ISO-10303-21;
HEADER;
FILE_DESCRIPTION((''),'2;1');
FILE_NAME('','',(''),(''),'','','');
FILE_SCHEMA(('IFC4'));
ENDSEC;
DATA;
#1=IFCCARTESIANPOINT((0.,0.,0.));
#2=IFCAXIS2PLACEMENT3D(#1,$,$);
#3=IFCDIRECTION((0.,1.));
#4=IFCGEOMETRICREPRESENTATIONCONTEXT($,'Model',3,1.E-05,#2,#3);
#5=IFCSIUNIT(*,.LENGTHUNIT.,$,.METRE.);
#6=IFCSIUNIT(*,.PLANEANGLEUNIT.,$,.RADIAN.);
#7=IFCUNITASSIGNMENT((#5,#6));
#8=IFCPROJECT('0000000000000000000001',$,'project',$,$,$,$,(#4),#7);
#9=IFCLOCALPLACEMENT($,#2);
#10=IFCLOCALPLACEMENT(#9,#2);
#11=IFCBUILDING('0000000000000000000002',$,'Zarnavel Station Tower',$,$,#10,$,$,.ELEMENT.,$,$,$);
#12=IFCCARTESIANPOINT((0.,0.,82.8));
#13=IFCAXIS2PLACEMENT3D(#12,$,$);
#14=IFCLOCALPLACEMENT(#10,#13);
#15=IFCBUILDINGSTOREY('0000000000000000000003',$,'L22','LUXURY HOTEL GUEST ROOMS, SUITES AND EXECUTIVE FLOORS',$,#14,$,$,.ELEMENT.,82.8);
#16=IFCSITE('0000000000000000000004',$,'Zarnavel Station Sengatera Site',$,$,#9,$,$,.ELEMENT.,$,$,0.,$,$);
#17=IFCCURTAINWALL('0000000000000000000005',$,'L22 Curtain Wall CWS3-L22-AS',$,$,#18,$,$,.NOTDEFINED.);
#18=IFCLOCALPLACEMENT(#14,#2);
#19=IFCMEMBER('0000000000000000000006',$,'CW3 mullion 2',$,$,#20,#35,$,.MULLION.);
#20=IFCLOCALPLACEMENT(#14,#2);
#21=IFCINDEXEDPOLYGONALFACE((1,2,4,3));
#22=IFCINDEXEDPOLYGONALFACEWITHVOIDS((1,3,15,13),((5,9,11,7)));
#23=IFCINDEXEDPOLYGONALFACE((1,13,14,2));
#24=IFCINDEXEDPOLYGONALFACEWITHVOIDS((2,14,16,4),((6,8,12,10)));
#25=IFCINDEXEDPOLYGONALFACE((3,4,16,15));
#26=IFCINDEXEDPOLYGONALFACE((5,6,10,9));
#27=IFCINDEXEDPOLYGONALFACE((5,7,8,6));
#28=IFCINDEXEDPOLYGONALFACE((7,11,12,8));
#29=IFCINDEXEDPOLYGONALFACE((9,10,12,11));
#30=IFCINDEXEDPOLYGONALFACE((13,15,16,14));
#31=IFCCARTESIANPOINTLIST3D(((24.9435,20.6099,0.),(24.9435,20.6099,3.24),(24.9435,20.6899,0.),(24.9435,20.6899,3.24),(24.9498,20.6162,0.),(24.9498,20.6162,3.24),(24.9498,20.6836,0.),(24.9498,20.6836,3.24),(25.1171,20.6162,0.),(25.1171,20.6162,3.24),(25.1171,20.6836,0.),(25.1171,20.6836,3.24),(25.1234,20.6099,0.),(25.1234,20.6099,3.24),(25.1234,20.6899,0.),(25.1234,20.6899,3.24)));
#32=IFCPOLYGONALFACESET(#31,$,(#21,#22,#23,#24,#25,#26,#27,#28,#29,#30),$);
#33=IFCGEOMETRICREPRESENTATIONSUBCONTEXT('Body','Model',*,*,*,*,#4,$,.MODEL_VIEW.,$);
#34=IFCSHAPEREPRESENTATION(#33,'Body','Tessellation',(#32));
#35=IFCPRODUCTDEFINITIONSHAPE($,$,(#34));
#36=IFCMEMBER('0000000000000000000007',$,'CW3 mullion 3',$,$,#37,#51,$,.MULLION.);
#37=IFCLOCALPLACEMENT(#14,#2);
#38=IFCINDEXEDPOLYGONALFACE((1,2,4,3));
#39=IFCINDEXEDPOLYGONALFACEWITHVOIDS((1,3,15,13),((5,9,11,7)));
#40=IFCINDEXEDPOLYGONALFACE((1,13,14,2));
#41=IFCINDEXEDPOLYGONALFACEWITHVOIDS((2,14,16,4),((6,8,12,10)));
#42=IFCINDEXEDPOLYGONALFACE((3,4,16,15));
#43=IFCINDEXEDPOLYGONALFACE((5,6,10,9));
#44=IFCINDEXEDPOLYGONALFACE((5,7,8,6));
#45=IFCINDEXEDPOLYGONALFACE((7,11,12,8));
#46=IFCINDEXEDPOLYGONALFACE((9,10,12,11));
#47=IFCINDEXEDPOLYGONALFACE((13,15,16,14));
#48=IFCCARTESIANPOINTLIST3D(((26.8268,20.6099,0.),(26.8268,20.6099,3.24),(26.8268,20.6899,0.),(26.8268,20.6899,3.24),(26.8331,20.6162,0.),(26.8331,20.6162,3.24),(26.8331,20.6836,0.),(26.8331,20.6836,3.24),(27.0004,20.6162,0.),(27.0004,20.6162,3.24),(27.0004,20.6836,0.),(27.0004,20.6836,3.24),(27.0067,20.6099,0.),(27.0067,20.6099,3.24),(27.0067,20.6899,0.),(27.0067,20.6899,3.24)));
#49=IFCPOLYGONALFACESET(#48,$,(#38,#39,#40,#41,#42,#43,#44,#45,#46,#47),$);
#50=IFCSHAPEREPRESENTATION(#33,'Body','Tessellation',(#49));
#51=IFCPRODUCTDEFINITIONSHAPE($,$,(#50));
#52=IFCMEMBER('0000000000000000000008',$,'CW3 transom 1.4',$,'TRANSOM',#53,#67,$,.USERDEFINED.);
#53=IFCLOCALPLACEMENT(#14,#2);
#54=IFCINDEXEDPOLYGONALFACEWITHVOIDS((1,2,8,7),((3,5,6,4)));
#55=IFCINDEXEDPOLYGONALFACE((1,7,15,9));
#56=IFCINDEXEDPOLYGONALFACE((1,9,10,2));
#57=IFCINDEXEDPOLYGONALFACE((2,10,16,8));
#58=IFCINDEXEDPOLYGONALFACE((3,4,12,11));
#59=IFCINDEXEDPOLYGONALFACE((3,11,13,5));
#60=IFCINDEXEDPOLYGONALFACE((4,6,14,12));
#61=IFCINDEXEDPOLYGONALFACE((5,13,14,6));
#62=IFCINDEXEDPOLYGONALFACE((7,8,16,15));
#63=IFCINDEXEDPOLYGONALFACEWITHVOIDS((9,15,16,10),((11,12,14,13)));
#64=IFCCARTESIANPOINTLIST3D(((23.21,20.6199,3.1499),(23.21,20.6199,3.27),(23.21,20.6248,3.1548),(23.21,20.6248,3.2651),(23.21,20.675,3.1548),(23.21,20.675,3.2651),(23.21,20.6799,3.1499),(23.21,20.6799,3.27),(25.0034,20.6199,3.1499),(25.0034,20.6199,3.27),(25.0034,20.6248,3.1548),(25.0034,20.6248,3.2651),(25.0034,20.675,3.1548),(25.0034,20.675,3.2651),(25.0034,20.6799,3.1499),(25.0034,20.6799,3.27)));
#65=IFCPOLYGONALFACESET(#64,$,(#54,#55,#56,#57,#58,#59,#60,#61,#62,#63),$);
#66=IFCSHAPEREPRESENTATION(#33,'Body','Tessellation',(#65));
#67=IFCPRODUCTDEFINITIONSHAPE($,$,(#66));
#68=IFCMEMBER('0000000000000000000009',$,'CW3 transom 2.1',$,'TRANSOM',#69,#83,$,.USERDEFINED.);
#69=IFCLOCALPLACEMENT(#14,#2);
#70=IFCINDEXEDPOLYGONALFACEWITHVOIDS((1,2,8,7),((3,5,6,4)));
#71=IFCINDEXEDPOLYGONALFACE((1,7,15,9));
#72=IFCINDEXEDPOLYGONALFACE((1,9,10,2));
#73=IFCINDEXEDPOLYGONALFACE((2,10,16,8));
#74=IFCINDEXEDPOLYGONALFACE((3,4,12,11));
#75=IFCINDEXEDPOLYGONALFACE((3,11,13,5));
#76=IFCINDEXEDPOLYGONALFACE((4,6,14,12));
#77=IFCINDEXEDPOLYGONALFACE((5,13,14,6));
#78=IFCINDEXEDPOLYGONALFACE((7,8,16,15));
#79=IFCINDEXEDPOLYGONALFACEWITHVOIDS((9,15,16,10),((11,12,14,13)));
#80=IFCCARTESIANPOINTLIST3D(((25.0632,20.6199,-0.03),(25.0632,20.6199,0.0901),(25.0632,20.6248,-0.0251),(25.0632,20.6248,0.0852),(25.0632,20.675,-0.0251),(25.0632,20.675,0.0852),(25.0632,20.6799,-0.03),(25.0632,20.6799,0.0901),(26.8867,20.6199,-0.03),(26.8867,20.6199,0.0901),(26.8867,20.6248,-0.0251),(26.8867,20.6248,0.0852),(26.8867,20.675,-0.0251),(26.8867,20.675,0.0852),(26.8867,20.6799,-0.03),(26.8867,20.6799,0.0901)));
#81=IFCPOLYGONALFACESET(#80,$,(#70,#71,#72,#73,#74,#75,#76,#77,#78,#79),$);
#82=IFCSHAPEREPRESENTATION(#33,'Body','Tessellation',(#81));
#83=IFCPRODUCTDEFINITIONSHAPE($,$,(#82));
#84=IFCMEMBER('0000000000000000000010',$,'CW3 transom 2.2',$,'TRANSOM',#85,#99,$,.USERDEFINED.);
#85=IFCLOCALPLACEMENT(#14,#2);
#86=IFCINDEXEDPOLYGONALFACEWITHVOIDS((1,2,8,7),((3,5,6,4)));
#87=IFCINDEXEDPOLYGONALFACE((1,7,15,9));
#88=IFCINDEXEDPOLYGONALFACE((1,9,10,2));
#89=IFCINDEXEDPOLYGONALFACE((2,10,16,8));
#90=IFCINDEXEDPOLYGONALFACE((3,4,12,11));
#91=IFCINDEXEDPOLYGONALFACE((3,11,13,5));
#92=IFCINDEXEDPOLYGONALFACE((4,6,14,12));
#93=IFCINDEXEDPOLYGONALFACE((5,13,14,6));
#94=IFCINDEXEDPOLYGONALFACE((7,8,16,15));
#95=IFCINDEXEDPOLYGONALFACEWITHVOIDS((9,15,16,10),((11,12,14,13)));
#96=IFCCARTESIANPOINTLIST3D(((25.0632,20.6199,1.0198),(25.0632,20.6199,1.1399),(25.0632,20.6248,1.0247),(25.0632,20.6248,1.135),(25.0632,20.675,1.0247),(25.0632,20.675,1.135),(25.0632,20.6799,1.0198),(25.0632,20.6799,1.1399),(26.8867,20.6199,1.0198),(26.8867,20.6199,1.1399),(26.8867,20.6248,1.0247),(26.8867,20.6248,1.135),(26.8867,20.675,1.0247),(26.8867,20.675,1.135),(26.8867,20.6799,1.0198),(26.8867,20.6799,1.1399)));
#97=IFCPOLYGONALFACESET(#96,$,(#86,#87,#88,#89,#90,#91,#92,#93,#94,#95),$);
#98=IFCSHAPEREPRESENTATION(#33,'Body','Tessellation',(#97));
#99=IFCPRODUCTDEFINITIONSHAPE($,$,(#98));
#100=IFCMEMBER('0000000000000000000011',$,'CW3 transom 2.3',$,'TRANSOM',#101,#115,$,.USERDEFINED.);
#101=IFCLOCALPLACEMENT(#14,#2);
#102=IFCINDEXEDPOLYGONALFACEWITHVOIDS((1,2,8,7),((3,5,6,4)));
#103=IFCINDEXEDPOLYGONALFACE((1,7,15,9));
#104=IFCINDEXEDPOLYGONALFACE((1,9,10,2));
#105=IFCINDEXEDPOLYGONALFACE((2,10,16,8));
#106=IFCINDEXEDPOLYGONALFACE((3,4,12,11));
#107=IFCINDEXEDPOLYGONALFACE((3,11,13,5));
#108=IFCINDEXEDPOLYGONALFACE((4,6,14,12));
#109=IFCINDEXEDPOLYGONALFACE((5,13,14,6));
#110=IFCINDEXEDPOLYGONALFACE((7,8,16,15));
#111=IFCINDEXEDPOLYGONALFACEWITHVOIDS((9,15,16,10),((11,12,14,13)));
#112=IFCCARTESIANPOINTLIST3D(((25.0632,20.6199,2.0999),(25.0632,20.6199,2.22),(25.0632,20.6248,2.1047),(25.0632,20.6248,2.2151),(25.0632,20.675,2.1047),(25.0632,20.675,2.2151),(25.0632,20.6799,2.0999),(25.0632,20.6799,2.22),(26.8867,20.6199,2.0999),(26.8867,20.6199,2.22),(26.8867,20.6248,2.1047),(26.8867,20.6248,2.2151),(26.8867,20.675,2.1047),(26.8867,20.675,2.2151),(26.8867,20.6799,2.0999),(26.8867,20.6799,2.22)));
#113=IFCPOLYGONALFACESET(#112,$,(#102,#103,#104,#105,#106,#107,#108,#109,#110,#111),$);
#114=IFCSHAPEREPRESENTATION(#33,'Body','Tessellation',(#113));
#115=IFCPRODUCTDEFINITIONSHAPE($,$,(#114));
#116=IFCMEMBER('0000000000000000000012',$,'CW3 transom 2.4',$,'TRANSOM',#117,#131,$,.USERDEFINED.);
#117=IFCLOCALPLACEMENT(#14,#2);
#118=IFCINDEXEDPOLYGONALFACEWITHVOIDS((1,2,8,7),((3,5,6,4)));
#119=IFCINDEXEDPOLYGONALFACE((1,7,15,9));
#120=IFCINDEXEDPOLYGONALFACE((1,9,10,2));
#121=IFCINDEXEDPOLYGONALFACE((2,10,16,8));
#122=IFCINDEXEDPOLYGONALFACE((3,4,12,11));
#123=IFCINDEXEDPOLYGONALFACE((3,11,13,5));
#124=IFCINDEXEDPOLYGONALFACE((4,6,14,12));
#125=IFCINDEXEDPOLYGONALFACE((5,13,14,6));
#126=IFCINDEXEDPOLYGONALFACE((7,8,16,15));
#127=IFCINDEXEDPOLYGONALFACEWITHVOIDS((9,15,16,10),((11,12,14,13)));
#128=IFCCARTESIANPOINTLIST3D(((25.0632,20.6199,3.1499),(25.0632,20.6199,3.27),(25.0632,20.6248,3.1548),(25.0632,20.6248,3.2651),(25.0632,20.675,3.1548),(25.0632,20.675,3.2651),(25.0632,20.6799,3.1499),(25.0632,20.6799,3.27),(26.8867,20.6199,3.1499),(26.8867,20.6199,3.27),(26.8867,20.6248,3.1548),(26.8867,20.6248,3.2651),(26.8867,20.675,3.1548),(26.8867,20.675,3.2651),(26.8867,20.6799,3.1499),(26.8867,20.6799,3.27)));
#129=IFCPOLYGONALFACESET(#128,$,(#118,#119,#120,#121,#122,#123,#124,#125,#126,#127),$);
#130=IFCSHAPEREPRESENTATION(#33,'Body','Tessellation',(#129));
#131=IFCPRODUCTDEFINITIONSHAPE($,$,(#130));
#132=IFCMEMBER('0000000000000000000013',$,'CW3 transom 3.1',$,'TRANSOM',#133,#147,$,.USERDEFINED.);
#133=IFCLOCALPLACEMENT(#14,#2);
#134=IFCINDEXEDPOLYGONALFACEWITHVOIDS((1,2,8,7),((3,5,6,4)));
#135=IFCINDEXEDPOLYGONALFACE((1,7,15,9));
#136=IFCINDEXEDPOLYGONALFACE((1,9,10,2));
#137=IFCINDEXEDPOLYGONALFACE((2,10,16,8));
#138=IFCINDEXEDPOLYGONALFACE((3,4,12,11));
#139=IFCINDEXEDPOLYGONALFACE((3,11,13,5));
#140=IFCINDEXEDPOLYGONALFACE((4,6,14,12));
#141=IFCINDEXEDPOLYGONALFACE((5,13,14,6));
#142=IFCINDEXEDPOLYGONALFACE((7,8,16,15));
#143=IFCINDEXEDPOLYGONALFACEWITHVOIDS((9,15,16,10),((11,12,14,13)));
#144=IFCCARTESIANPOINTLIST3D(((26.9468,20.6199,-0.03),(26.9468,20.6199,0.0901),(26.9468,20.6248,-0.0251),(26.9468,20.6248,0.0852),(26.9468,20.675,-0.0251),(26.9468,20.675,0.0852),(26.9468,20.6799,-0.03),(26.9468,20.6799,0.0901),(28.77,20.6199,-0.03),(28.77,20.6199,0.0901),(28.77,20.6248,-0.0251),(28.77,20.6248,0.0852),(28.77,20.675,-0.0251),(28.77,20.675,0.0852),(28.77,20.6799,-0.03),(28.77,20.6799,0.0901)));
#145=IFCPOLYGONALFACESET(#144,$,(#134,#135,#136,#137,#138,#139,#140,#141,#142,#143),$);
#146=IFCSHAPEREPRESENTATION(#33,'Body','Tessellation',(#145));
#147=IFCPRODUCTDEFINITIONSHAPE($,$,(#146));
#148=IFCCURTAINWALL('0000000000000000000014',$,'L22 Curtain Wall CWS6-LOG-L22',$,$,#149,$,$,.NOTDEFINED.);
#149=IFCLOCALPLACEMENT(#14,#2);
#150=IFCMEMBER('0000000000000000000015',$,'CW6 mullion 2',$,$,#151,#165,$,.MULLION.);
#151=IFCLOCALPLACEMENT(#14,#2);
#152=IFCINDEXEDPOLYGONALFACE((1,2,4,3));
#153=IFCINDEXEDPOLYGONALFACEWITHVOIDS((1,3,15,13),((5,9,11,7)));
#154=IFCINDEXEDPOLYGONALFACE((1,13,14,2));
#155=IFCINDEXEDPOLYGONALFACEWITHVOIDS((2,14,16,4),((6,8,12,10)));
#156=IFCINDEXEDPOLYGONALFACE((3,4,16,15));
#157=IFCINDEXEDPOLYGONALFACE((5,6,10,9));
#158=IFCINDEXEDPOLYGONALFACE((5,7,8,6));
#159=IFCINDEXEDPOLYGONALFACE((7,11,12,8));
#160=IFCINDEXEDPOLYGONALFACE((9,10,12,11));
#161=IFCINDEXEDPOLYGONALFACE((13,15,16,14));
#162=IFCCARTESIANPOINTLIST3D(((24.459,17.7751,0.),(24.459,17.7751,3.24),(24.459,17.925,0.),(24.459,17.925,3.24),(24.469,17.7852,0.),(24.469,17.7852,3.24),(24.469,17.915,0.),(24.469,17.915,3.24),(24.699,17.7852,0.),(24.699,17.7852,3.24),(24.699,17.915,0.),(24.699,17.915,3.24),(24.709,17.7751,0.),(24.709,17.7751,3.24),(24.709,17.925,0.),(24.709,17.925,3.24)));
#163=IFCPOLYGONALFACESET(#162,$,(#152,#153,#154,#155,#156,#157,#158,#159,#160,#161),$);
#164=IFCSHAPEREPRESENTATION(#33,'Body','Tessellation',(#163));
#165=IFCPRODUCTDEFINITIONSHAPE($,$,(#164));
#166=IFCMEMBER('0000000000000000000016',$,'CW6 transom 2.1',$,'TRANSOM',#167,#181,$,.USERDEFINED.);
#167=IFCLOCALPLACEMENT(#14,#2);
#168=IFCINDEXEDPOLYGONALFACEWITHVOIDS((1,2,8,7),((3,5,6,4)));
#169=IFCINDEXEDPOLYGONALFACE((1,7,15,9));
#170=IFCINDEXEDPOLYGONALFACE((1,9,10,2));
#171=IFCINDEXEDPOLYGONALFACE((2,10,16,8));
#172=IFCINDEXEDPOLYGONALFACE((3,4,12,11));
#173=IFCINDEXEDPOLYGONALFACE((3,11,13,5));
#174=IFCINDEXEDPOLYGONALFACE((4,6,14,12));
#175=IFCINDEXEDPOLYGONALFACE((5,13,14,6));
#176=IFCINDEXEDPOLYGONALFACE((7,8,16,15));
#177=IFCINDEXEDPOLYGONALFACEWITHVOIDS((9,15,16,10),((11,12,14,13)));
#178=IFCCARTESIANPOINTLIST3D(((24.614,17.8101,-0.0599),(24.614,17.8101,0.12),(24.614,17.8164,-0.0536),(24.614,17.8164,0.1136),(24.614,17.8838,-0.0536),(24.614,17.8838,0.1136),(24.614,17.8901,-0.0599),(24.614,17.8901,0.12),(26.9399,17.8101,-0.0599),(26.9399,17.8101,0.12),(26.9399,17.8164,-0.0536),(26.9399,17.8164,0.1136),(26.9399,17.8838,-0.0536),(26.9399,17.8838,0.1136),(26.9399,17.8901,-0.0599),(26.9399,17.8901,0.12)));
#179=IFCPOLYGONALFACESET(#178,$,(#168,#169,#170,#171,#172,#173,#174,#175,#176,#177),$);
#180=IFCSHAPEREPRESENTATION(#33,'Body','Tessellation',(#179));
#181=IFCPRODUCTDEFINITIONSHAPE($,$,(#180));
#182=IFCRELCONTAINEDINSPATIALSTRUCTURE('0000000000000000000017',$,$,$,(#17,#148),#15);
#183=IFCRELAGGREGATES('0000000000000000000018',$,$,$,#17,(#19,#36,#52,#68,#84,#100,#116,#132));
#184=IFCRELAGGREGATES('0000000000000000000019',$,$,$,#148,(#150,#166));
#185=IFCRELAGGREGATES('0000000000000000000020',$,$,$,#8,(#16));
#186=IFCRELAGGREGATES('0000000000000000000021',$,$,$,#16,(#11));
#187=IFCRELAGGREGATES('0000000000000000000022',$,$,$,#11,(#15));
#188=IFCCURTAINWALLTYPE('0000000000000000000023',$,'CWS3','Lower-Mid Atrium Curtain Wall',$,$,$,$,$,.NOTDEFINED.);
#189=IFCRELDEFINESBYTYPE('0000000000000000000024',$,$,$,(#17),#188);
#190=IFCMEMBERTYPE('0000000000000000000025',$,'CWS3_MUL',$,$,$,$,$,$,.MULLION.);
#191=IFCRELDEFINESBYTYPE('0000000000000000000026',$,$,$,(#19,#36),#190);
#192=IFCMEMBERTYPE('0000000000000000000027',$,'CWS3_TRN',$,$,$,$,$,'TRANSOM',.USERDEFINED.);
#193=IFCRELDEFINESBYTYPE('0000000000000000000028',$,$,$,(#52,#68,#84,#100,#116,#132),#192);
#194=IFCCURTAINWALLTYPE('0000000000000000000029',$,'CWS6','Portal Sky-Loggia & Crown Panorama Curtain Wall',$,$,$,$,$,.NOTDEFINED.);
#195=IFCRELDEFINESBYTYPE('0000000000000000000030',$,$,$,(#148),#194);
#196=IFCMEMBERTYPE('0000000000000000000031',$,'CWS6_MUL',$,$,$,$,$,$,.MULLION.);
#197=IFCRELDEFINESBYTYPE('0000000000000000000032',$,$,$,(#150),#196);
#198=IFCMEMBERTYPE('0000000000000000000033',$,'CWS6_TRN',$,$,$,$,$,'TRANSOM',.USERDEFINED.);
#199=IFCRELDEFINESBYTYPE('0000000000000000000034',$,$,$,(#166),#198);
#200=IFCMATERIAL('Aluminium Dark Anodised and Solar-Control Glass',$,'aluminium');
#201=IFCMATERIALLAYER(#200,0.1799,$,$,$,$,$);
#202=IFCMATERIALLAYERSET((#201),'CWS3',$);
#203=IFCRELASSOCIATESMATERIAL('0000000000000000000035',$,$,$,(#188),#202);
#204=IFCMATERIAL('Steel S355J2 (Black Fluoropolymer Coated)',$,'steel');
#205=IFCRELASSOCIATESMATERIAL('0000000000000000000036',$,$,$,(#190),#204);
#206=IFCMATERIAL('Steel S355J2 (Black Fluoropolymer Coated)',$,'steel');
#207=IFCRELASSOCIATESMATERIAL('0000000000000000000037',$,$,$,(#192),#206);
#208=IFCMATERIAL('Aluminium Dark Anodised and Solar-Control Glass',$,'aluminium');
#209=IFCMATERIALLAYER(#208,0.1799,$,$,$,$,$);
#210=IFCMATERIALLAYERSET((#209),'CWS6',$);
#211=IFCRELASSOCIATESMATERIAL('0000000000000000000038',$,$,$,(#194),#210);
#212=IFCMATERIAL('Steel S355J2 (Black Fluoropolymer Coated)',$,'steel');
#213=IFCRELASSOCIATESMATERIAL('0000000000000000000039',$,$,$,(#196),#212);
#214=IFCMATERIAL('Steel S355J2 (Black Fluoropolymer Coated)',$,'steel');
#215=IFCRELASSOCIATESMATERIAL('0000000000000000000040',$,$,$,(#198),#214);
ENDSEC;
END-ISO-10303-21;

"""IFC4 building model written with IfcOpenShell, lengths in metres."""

from ifc_helpers import new_model, si_unit, direction, frame, origin, origin_2d, place, context, subcontext, project, spatial, hollow_rectangle, extrude, material, layer, layer_set, material_profile, profile_set, type_object, element, aggregate, save


model = new_model("IFC4")

# Units and contexts
model_context = context("Model", 3, precision=1e-05, world=origin(), true_north=direction((0.0, 1.0)))
body_context = subcontext(model_context, "Body", "Model", "MODEL_VIEW")
ifc_project = project(units=[si_unit("LENGTHUNIT", "METRE"), si_unit("PLANEANGLEUNIT", "RADIAN")], contexts=[model_context])

# Site, building, storey
site_placement = place(None, origin())
site = spatial("IfcSite", under=ifc_project, at=site_placement, Name="Zarnavel Station Sengatera Site", CompositionType="ELEMENT", RefElevation=0.0)
building_placement = place(site_placement, origin())
building = spatial("IfcBuilding", under=site, at=building_placement, Name="Zarnavel Station Tower", CompositionType="ELEMENT")
storey_placement = place(building_placement, frame((0.0, 0.0, 82.8)))
storey = spatial("IfcBuildingStorey", under=building, at=storey_placement, Name="L22", Description="LUXURY HOTEL GUEST ROOMS, SUITES AND EXECUTIVE FLOORS", CompositionType="ELEMENT", Elevation=82.8)

# Curtain walls, members
ifc_material_1 = material(Name="Aluminium Dark Anodised and Solar-Control Glass", Category="aluminium")
ifc_layer_1 = layer(ifc_material_1, 0.1799)
ifc_layer_set_1 = layer_set([ifc_layer_1], Name="CWS3")
curtain_wall_type_1 = type_object("IfcCurtainWallType", Name="CWS3", Description="Lower-Mid Atrium Curtain Wall", PredefinedType="NOTDEFINED", material=ifc_layer_set_1)
curtain_wall_1_placement = place(storey_placement, origin())
curtain_wall_1 = element("IfcCurtainWall", 1, at=curtain_wall_1_placement, inside=storey, type_object=curtain_wall_type_1, Name="L22 Curtain Wall CWS3-L22-AS", PredefinedType="NOTDEFINED")
ifc_material_2 = material(Name="Steel S355J2 (Black Fluoropolymer Coated)", Category="steel")
ifc_material_profile_1 = material_profile(ifc_material_2, hollow_rectangle(XDim=0.0801, YDim=0.1799, WallThickness=0.0063, at=origin_2d()), Name="RHS180x80x6.3")
ifc_profile_set_1 = profile_set([ifc_material_profile_1], Name="Steel S355J2 (Black Fluoropolymer Coated)")
member_type_1 = type_object("IfcMemberType", Name="CWS3_MUL", PredefinedType="MULLION", material=ifc_profile_set_1)
member_1_placement = place(storey_placement, frame((25.0334, 20.6499, 0.0), z_axis=(0.0, 0.0, 1.0), x_axis=(0.0, 1.0, 0.0)))
member_1 = element("IfcMember", 2, at=member_1_placement, type_object=member_type_1, Name="CW3 mullion 2", PredefinedType="MULLION", context=body_context, shape_type="SweptSolid", body=[
    extrude(hollow_rectangle(XDim=0.0801, YDim=0.1799, WallThickness=0.0063, at=origin_2d()), origin(), (0.0, 0.0, 1.0), 3.24),
])
member_2_placement = place(storey_placement, frame((26.9167, 20.6499, 0.0), z_axis=(0.0, 0.0, 1.0), x_axis=(0.0, 1.0, 0.0)))
member_2 = element("IfcMember", 3, at=member_2_placement, type_object=member_type_1, Name="CW3 mullion 3", PredefinedType="MULLION", context=body_context, shape_type="SweptSolid", body=[
    extrude(hollow_rectangle(XDim=0.0801, YDim=0.1799, WallThickness=0.0063, at=origin_2d()), origin(), (0.0, 0.0, 1.0), 3.24),
])
ifc_material_3 = material(Name="Steel S355J2 (Black Fluoropolymer Coated)", Category="steel")
ifc_material_profile_2 = material_profile(ifc_material_3, hollow_rectangle(XDim=0.0601, YDim=0.1201, WallThickness=0.0049, at=origin_2d()), Name="RHS120x60x5")
ifc_profile_set_2 = profile_set([ifc_material_profile_2], Name="Steel S355J2 (Black Fluoropolymer Coated)")
member_type_2 = type_object("IfcMemberType", Name="CWS3_TRN", ElementType="TRANSOM", PredefinedType="USERDEFINED", material=ifc_profile_set_2)
member_3_placement = place(storey_placement, frame((23.21, 20.6499, 3.21), z_axis=(1.0, 0.0, 0.0), x_axis=(0.0, 1.0, 0.0)))
member_3 = element("IfcMember", 4, at=member_3_placement, type_object=member_type_2, Name="CW3 transom 1.4", ObjectType="TRANSOM", PredefinedType="USERDEFINED", context=body_context, shape_type="SweptSolid", body=[
    extrude(hollow_rectangle(XDim=0.0601, YDim=0.1201, WallThickness=0.0049, at=origin_2d()), origin(), (0.0, 0.0, 1.0), 1.7935),
])
member_4_placement = place(storey_placement, frame((25.0632, 20.6499, 0.03), z_axis=(1.0, 0.0, 0.0), x_axis=(0.0, 1.0, 0.0)))
member_4 = element("IfcMember", 5, at=member_4_placement, type_object=member_type_2, Name="CW3 transom 2.1", ObjectType="TRANSOM", PredefinedType="USERDEFINED", context=body_context, shape_type="SweptSolid", body=[
    extrude(hollow_rectangle(XDim=0.0601, YDim=0.1201, WallThickness=0.0049, at=origin_2d()), origin(), (0.0, 0.0, 1.0), 1.8235),
])
member_5_placement = place(storey_placement, frame((25.0632, 20.6499, 1.0798), z_axis=(1.0, 0.0, 0.0), x_axis=(0.0, 1.0, 0.0)))
member_5 = element("IfcMember", 6, at=member_5_placement, type_object=member_type_2, Name="CW3 transom 2.2", ObjectType="TRANSOM", PredefinedType="USERDEFINED", context=body_context, shape_type="SweptSolid", body=[
    extrude(hollow_rectangle(XDim=0.0601, YDim=0.1201, WallThickness=0.0049, at=origin_2d()), origin(), (0.0, 0.0, 1.0), 1.8235),
])
member_6_placement = place(storey_placement, frame((25.0632, 20.6499, 2.1599), z_axis=(1.0, 0.0, 0.0), x_axis=(0.0, 1.0, 0.0)))
member_6 = element("IfcMember", 7, at=member_6_placement, type_object=member_type_2, Name="CW3 transom 2.3", ObjectType="TRANSOM", PredefinedType="USERDEFINED", context=body_context, shape_type="SweptSolid", body=[
    extrude(hollow_rectangle(XDim=0.0601, YDim=0.1201, WallThickness=0.0049, at=origin_2d()), origin(), (0.0, 0.0, 1.0), 1.8235),
])
member_7_placement = place(storey_placement, frame((25.0632, 20.6499, 3.21), z_axis=(1.0, 0.0, 0.0), x_axis=(0.0, 1.0, 0.0)))
member_7 = element("IfcMember", 8, at=member_7_placement, type_object=member_type_2, Name="CW3 transom 2.4", ObjectType="TRANSOM", PredefinedType="USERDEFINED", context=body_context, shape_type="SweptSolid", body=[
    extrude(hollow_rectangle(XDim=0.0601, YDim=0.1201, WallThickness=0.0049, at=origin_2d()), origin(), (0.0, 0.0, 1.0), 1.8235),
])
member_8_placement = place(storey_placement, frame((26.9468, 20.6499, 0.03), z_axis=(1.0, 0.0, 0.0), x_axis=(0.0, 1.0, 0.0)))
member_8 = element("IfcMember", 9, at=member_8_placement, type_object=member_type_2, Name="CW3 transom 3.1", ObjectType="TRANSOM", PredefinedType="USERDEFINED", context=body_context, shape_type="SweptSolid", body=[
    extrude(hollow_rectangle(XDim=0.0601, YDim=0.1201, WallThickness=0.0049, at=origin_2d()), origin(), (0.0, 0.0, 1.0), 1.8232),
])
ifc_material_4 = material(Name="Aluminium Dark Anodised and Solar-Control Glass", Category="aluminium")
ifc_layer_2 = layer(ifc_material_4, 0.1799)
ifc_layer_set_2 = layer_set([ifc_layer_2], Name="CWS6")
curtain_wall_type_2 = type_object("IfcCurtainWallType", Name="CWS6", Description="Portal Sky-Loggia & Crown Panorama Curtain Wall", PredefinedType="NOTDEFINED", material=ifc_layer_set_2)
curtain_wall_2_placement = place(storey_placement, origin())
curtain_wall_2 = element("IfcCurtainWall", 10, at=curtain_wall_2_placement, inside=storey, type_object=curtain_wall_type_2, Name="L22 Curtain Wall CWS6-LOG-L22", PredefinedType="NOTDEFINED")
ifc_material_5 = material(Name="Steel S355J2 (Black Fluoropolymer Coated)", Category="steel")
ifc_material_profile_3 = material_profile(ifc_material_5, hollow_rectangle(XDim=0.1499, YDim=0.25, WallThickness=0.01, at=origin_2d()), Name="RHS250x150x10")
ifc_profile_set_3 = profile_set([ifc_material_profile_3], Name="Steel S355J2 (Black Fluoropolymer Coated)")
member_type_3 = type_object("IfcMemberType", Name="CWS6_MUL", PredefinedType="MULLION", material=ifc_profile_set_3)
member_9_placement = place(storey_placement, frame((24.584, 17.8501, 0.0), z_axis=(0.0, 0.0, 1.0), x_axis=(0.0, 1.0, 0.0)))
member_9 = element("IfcMember", 11, at=member_9_placement, type_object=member_type_3, Name="CW6 mullion 2", PredefinedType="MULLION", context=body_context, shape_type="SweptSolid", body=[
    extrude(hollow_rectangle(XDim=0.1499, YDim=0.25, WallThickness=0.01, at=origin_2d()), origin(), (0.0, 0.0, 1.0), 3.24),
])
ifc_material_6 = material(Name="Steel S355J2 (Black Fluoropolymer Coated)", Category="steel")
ifc_material_profile_4 = material_profile(ifc_material_6, hollow_rectangle(XDim=0.0801, YDim=0.1799, WallThickness=0.0063, at=origin_2d()), Name="RHS180x80x6.3")
ifc_profile_set_4 = profile_set([ifc_material_profile_4], Name="Steel S355J2 (Black Fluoropolymer Coated)")
member_type_4 = type_object("IfcMemberType", Name="CWS6_TRN", ElementType="TRANSOM", PredefinedType="USERDEFINED", material=ifc_profile_set_4)
member_10_placement = place(storey_placement, frame((24.614, 17.8501, 0.03), z_axis=(1.0, 0.0, 0.0), x_axis=(0.0, 1.0, 0.0)))
member_10 = element("IfcMember", 12, at=member_10_placement, type_object=member_type_4, Name="CW6 transom 2.1", ObjectType="TRANSOM", PredefinedType="USERDEFINED", context=body_context, shape_type="SweptSolid", body=[
    extrude(hollow_rectangle(XDim=0.0801, YDim=0.1799, WallThickness=0.0063, at=origin_2d()), origin(), (0.0, 0.0, 1.0), 2.3259),
])

aggregate(curtain_wall_1, [member_1, member_2, member_3, member_4, member_5, member_6, member_7, member_8])
aggregate(curtain_wall_2, [member_9, member_10])

save(model, "model.ifc")
